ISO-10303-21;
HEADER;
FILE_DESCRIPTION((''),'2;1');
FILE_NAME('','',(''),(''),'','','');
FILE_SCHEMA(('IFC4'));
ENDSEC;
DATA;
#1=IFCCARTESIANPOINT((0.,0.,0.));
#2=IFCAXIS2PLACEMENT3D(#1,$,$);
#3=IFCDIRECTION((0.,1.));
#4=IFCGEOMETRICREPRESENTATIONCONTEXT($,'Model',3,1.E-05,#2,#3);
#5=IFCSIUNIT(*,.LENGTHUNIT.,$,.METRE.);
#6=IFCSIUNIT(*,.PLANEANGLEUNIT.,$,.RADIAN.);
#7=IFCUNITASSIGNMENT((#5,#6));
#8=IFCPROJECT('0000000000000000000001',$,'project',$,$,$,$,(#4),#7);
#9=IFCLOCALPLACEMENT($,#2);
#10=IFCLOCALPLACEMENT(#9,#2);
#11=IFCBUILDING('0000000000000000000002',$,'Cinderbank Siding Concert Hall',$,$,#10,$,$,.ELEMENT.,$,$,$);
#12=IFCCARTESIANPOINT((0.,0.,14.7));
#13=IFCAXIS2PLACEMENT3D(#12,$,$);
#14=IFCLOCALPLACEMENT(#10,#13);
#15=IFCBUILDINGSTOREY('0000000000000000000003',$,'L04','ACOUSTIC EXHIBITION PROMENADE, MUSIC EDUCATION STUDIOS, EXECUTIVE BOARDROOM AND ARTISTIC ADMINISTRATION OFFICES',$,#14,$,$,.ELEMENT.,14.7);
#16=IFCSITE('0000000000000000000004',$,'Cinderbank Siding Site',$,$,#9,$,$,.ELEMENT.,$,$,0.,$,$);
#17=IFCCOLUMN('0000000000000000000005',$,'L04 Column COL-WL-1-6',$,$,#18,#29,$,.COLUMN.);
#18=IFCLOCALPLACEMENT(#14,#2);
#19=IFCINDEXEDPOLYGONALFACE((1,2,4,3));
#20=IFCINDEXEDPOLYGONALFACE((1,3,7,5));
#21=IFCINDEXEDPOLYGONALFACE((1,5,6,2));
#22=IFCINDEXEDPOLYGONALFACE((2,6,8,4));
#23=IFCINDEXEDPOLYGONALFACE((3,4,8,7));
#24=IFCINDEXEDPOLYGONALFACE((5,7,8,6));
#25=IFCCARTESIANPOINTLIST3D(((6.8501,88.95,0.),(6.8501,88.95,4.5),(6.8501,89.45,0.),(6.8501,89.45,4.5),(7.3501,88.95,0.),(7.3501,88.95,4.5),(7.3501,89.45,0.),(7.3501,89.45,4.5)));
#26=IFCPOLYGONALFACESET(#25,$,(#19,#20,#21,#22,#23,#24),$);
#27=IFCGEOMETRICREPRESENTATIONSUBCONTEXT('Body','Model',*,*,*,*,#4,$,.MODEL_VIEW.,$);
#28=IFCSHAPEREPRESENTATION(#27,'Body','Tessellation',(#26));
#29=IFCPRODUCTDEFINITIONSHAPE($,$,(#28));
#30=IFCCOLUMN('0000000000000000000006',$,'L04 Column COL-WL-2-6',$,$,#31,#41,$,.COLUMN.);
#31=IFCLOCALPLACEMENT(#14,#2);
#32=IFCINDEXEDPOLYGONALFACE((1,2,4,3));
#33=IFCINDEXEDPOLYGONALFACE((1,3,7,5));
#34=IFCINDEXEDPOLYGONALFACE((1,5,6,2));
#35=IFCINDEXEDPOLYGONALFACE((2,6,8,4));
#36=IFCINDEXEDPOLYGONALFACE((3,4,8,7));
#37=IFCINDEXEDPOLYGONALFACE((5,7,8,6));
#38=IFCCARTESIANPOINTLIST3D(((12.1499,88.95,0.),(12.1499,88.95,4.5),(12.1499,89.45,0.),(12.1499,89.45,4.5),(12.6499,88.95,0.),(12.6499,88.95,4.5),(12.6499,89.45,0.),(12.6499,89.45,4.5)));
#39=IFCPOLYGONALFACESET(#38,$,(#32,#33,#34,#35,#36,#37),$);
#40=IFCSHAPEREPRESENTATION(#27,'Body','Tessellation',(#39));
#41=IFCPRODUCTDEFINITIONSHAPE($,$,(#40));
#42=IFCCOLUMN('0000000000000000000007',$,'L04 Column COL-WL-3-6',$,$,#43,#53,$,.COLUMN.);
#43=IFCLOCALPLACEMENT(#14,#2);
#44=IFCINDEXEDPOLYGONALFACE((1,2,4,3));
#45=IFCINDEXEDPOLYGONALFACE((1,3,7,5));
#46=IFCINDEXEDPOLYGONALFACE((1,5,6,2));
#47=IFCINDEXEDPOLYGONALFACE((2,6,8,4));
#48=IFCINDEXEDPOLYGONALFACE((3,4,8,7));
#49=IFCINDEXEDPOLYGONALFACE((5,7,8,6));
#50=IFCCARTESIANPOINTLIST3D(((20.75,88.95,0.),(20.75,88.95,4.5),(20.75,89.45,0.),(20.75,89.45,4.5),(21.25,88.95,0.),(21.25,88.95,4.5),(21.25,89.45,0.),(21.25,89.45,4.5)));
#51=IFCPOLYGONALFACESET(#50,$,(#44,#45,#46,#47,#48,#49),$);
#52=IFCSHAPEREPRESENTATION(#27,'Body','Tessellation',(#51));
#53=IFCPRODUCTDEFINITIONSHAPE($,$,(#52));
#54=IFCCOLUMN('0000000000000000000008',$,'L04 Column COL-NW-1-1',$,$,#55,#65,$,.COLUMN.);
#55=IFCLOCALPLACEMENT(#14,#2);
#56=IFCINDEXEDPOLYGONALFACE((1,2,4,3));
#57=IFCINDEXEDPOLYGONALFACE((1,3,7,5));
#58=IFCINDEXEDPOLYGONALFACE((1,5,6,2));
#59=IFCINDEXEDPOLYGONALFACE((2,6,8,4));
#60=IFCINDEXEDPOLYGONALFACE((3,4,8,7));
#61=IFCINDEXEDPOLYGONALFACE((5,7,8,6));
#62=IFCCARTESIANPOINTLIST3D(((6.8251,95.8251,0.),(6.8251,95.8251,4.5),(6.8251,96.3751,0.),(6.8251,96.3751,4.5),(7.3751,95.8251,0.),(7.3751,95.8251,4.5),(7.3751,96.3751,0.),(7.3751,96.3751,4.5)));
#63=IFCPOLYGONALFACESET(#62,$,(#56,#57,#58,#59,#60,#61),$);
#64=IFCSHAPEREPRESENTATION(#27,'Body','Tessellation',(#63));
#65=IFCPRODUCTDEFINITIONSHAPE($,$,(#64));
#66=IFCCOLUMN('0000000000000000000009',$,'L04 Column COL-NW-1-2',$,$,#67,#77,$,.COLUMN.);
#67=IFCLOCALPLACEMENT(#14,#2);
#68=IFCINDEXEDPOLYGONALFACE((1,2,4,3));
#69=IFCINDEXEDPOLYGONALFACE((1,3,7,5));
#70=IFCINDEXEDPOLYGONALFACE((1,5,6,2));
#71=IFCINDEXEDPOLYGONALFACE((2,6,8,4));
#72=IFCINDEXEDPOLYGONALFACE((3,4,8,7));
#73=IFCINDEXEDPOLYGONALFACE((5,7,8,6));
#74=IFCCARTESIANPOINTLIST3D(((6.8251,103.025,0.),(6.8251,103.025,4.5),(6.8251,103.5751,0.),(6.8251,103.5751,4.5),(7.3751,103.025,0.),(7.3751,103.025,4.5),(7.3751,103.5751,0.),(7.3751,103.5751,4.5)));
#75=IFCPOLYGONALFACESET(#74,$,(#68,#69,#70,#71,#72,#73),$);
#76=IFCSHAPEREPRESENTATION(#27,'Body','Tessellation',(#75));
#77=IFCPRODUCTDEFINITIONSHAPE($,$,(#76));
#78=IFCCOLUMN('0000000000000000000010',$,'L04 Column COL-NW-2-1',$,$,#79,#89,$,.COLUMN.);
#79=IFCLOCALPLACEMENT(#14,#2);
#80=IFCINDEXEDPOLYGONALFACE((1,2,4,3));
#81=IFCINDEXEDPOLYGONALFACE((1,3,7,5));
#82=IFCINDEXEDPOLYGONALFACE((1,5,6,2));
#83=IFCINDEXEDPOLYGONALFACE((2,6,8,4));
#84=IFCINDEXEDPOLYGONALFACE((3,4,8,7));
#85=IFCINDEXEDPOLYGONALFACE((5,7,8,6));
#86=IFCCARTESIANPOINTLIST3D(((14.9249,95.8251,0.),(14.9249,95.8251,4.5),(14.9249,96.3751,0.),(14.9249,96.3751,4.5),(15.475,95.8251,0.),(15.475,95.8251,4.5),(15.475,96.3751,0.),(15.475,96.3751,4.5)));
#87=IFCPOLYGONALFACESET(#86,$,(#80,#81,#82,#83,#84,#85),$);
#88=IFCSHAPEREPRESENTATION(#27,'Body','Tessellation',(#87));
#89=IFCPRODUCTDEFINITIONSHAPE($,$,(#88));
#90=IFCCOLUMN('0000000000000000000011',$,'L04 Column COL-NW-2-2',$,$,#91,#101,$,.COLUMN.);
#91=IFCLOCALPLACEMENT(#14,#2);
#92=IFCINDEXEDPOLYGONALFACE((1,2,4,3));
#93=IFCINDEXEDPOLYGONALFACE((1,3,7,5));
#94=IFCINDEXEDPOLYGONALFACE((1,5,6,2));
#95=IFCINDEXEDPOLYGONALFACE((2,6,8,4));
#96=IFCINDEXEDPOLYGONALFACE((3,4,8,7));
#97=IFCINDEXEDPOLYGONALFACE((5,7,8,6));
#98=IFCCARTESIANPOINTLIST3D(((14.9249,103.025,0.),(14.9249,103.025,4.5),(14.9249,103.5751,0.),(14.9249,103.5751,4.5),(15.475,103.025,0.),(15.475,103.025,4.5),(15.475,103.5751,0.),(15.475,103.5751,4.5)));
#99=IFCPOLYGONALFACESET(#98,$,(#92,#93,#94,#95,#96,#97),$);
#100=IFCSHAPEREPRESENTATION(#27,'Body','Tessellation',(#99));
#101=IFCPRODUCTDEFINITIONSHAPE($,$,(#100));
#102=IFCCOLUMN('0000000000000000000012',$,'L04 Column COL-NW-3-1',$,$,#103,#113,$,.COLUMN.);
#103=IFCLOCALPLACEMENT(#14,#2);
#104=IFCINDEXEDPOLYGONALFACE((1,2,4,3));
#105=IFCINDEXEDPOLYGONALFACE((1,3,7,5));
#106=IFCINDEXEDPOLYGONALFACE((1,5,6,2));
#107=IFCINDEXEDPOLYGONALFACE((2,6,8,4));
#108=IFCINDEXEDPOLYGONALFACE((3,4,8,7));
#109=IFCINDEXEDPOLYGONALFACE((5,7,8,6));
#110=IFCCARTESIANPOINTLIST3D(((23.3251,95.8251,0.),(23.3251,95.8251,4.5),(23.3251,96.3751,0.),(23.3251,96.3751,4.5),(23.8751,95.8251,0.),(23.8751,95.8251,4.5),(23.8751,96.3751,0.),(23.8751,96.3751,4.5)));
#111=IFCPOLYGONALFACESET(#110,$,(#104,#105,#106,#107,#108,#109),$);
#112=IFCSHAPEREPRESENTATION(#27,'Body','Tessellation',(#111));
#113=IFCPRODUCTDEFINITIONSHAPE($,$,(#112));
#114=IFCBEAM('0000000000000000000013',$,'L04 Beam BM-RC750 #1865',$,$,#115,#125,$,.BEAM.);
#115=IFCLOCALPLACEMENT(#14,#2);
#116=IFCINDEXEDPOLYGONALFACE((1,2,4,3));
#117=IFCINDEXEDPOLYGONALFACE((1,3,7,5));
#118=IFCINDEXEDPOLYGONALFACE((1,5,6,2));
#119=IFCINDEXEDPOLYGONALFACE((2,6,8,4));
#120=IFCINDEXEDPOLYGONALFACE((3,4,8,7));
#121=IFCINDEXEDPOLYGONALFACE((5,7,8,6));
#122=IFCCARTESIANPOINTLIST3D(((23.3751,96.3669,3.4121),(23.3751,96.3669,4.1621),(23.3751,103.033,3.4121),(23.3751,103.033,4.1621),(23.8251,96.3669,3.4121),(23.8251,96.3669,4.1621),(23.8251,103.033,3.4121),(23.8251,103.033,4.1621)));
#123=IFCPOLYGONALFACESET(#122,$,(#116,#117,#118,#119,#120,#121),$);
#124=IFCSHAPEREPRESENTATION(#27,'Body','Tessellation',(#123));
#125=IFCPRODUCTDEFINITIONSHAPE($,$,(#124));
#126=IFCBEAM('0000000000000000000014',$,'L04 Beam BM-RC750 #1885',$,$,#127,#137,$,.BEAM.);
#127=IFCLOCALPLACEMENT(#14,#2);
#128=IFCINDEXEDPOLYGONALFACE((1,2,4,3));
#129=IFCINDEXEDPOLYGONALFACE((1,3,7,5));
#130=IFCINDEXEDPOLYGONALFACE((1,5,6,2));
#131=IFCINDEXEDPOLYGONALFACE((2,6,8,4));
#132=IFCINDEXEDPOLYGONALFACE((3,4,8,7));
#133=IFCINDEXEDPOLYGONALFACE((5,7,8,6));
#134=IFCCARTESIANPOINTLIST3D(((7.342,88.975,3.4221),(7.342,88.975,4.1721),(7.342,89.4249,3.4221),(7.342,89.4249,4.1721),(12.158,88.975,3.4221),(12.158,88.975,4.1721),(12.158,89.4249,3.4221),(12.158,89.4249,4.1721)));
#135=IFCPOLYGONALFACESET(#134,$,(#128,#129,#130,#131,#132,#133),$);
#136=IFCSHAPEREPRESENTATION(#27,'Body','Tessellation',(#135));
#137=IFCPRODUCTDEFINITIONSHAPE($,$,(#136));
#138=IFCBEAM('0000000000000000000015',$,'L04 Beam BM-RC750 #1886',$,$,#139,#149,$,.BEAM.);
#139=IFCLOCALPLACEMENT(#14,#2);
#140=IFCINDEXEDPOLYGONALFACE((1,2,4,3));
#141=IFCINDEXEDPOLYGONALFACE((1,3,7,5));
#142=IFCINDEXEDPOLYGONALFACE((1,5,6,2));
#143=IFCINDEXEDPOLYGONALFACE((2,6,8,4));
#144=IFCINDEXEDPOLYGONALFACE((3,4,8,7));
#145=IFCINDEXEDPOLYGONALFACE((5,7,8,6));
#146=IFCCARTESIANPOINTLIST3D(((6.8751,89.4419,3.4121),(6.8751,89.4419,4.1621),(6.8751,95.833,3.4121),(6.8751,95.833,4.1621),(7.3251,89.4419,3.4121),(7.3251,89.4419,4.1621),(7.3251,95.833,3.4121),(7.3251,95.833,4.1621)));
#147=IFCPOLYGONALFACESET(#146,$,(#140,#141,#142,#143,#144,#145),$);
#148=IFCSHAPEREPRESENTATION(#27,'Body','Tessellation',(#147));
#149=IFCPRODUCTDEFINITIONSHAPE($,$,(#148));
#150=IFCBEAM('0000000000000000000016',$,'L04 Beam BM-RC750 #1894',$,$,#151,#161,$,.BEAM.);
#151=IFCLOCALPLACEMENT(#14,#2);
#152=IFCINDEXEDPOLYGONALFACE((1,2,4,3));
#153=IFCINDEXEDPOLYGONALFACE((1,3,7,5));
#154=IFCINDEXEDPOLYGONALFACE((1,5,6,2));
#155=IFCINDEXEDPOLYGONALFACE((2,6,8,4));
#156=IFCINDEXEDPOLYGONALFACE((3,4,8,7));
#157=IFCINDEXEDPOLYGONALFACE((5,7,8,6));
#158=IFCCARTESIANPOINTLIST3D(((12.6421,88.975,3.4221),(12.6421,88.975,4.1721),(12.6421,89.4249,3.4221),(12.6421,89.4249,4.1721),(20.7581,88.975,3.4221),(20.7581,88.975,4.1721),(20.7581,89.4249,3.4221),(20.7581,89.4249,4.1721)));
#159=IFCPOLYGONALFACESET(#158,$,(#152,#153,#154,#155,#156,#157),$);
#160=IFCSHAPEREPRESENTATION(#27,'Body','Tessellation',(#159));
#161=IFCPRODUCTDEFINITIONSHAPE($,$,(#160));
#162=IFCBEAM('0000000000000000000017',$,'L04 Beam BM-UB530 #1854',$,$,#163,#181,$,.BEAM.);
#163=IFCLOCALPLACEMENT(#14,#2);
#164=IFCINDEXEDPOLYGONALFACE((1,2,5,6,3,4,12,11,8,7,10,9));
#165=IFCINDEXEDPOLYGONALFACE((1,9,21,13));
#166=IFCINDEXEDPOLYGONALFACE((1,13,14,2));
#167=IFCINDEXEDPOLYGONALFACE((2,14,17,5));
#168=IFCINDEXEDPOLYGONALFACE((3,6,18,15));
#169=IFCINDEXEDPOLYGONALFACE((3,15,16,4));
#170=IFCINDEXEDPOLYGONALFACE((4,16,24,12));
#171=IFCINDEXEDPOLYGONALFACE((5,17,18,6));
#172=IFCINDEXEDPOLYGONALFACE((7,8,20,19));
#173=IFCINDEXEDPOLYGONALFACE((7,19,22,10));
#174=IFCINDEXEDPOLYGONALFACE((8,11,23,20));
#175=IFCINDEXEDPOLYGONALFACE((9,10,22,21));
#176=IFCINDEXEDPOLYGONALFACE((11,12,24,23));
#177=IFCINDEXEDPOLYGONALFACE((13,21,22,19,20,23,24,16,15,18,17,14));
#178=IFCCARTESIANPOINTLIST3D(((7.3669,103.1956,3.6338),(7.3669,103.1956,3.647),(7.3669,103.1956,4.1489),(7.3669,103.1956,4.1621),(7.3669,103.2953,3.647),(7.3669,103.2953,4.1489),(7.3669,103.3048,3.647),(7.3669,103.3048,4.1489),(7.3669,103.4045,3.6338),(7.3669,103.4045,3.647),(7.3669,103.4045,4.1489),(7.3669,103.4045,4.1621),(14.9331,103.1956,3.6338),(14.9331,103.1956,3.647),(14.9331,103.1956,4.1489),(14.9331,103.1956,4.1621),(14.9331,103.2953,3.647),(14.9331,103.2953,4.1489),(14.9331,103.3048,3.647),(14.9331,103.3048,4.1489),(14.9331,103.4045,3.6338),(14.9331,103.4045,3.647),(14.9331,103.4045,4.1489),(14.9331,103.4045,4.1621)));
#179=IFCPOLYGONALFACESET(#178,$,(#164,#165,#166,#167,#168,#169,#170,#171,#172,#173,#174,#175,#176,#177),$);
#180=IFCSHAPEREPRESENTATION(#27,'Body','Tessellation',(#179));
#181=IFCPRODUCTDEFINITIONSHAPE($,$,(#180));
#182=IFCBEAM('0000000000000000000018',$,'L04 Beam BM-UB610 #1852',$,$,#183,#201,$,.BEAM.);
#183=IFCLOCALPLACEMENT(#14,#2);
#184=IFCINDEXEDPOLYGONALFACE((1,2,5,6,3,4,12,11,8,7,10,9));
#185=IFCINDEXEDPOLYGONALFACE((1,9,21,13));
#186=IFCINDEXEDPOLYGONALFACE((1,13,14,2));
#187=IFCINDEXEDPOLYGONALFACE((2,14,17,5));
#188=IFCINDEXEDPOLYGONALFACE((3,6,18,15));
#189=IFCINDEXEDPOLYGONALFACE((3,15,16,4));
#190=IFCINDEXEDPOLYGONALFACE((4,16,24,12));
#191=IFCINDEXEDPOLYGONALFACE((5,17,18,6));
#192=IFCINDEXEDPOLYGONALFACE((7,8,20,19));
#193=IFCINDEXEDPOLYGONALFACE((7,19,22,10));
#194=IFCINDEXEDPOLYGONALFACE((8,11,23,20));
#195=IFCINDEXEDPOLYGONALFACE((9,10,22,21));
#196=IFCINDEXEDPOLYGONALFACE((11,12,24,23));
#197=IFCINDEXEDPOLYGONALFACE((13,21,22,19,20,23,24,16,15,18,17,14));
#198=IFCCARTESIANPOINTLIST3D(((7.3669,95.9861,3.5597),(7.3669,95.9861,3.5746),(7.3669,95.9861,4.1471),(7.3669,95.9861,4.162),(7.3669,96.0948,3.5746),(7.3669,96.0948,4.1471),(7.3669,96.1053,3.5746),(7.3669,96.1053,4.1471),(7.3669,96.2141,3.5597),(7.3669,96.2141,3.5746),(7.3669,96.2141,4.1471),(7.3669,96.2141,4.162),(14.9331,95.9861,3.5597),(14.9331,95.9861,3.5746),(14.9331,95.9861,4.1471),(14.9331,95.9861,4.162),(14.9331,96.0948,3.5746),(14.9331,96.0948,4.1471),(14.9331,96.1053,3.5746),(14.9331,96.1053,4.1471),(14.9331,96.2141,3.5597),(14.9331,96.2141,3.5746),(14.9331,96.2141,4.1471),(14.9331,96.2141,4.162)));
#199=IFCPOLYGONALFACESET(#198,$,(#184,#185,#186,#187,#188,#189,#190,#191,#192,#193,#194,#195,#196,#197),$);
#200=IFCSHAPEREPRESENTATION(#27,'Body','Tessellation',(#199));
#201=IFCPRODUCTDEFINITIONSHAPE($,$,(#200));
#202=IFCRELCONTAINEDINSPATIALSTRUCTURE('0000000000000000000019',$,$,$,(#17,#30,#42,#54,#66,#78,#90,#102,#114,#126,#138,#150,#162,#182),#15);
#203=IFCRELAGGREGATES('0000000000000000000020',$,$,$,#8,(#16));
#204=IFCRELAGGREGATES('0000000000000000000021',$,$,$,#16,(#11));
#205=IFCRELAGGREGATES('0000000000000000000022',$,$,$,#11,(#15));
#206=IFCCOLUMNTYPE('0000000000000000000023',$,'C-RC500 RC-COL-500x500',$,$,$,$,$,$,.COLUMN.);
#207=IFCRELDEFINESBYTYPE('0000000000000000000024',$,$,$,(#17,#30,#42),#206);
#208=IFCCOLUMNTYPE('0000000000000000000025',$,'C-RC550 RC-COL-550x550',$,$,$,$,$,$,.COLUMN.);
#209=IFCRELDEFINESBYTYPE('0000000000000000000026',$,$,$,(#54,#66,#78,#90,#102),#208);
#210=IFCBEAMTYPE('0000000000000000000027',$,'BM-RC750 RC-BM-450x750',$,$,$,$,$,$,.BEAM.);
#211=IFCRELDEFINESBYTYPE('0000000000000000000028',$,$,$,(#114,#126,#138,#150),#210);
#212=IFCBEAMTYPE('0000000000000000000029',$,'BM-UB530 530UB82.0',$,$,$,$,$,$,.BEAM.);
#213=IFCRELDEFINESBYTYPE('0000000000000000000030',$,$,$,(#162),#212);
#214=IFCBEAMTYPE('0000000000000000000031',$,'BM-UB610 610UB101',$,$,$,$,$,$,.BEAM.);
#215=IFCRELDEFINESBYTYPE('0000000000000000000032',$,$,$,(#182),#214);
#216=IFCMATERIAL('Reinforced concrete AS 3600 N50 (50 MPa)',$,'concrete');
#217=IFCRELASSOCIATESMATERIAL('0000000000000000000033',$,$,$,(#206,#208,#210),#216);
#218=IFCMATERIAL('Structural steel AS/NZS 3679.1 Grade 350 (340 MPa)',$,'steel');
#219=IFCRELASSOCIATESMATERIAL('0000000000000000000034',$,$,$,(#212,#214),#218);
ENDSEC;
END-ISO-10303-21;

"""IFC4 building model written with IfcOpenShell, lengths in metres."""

from ifc_helpers import new_model, si_unit, direction, frame, origin, origin_2d, place, context, subcontext, project, spatial, rectangle, i_section, extrude, material, material_profile, profile_set, type_object, element, save


model = new_model("IFC4")

# Units and contexts
model_context = context("Model", 3, precision=1e-05, world=origin(), true_north=direction((0.0, 1.0)))
body_context = subcontext(model_context, "Body", "Model", "MODEL_VIEW")
ifc_project = project(units=[si_unit("LENGTHUNIT", "METRE"), si_unit("PLANEANGLEUNIT", "RADIAN")], contexts=[model_context])

# Site, building, storey
site_placement = place(None, origin())
site = spatial("IfcSite", under=ifc_project, at=site_placement, Name="Cinderbank Siding Site", CompositionType="ELEMENT", RefElevation=0.0)
building_placement = place(site_placement, origin())
building = spatial("IfcBuilding", under=site, at=building_placement, Name="Cinderbank Siding Concert Hall", CompositionType="ELEMENT")
storey_placement = place(building_placement, frame((0.0, 0.0, 14.7)))
storey = spatial("IfcBuildingStorey", under=building, at=storey_placement, Name="L04", Description="ACOUSTIC EXHIBITION PROMENADE, MUSIC EDUCATION STUDIOS, EXECUTIVE BOARDROOM AND ARTISTIC ADMINISTRATION OFFICES", CompositionType="ELEMENT", Elevation=14.7)

# Columns
ifc_material_1 = material(Name="Reinforced concrete AS 3600 N50 (50 MPa)", Category="concrete")
ifc_material_profile_1 = material_profile(ifc_material_1, rectangle(XDim=0.5, YDim=0.5, at=origin_2d()), Name="RC-COL-500x500", Category="LoadBearing")
ifc_profile_set_1 = profile_set([ifc_material_profile_1], Name="Reinforced concrete AS 3600 N50 (50 MPa)")
column_type_1 = type_object("IfcColumnType", Name="C-RC500 RC-COL-500x500", PredefinedType="COLUMN", material=ifc_profile_set_1)
for number, where, z_axis, x_axis, name in (
    (1, (7.1001, 89.2, 0.0), (0.0, 0.0, 1.0), (1.0, 0.0, 0.0), "L04 Column COL-WL-1-6"),
    (2, (12.3999, 89.2, 0.0), (0.0, 0.0, 1.0), (1.0, 0.0, 0.0), "L04 Column COL-WL-2-6"),
    (3, (21.0, 89.2, 0.0), (0.0, 0.0, 1.0), (1.0, 0.0, 0.0), "L04 Column COL-WL-3-6"),
):
    element("IfcColumn", number, at=place(storey_placement, frame(where, z_axis=z_axis, x_axis=x_axis)), inside=storey, type_object=column_type_1, Name=name, PredefinedType="COLUMN", context=body_context, shape_type="SweptSolid", body=[
        extrude(rectangle(XDim=0.5, YDim=0.5, at=origin_2d()), origin(), (0.0, 0.0, 1.0), 4.5),
    ])
ifc_material_profile_2 = material_profile(ifc_material_1, rectangle(XDim=0.55, YDim=0.55, at=origin_2d()), Name="RC-COL-550x550", Category="LoadBearing")
ifc_profile_set_2 = profile_set([ifc_material_profile_2], Name="Reinforced concrete AS 3600 N50 (50 MPa)")
column_type_2 = type_object("IfcColumnType", Name="C-RC550 RC-COL-550x550", PredefinedType="COLUMN", material=ifc_profile_set_2)
for number, where, z_axis, x_axis, name in (
    (4, (7.1001, 96.1001, 0.0), (0.0, 0.0, 1.0), (1.0, 0.0, 0.0), "L04 Column COL-NW-1-1"),
    (5, (7.1001, 103.3, 0.0), (0.0, 0.0, 1.0), (1.0, 0.0, 0.0), "L04 Column COL-NW-1-2"),
    (6, (15.2, 96.1001, 0.0), (0.0, 0.0, 1.0), (1.0, 0.0, 0.0), "L04 Column COL-NW-2-1"),
    (7, (15.2, 103.3, 0.0), (0.0, 0.0, 1.0), (1.0, 0.0, 0.0), "L04 Column COL-NW-2-2"),
    (8, (23.6001, 96.1001, 0.0), (0.0, 0.0, 1.0), (1.0, 0.0, 0.0), "L04 Column COL-NW-3-1"),
):
    element("IfcColumn", number, at=place(storey_placement, frame(where, z_axis=z_axis, x_axis=x_axis)), inside=storey, type_object=column_type_2, Name=name, PredefinedType="COLUMN", context=body_context, shape_type="SweptSolid", body=[
        extrude(rectangle(XDim=0.55, YDim=0.55, at=origin_2d()), origin(), (0.0, 0.0, 1.0), 4.5),
    ])

# Beams
ifc_material_profile_3 = material_profile(ifc_material_1, rectangle(XDim=0.45, YDim=0.75, at=origin_2d()), Name="RC-BM-450x750", Category="LoadBearing")
ifc_profile_set_3 = profile_set([ifc_material_profile_3], Name="Reinforced concrete AS 3600 N50 (50 MPa)")
beam_type_1 = type_object("IfcBeamType", Name="BM-RC750 RC-BM-450x750", PredefinedType="BEAM", material=ifc_profile_set_3)
beam_1_placement = place(storey_placement, frame((23.6001, 96.3669, 3.7871), z_axis=(0.0, 1.0, 0.0), x_axis=(-1.0, 0.0, 0.0)))
element("IfcBeam", 9, at=beam_1_placement, inside=storey, type_object=beam_type_1, Name="L04 Beam BM-RC750 #1865", PredefinedType="BEAM", context=body_context, shape_type="SweptSolid", body=[
    extrude(rectangle(XDim=0.45, YDim=0.75, at=origin_2d()), origin(), (0.0, 0.0, 1.0), 6.666),
])
beam_2_placement = place(storey_placement, frame((7.342, 89.2, 3.7971), z_axis=(1.0, 0.0, 0.0), x_axis=(0.0, 1.0, 0.0)))
element("IfcBeam", 10, at=beam_2_placement, inside=storey, type_object=beam_type_1, Name="L04 Beam BM-RC750 #1885", PredefinedType="BEAM", context=body_context, shape_type="SweptSolid", body=[
    extrude(rectangle(XDim=0.45, YDim=0.75, at=origin_2d()), origin(), (0.0, 0.0, 1.0), 4.8159),
])
beam_3_placement = place(storey_placement, frame((7.1001, 89.4419, 3.7871), z_axis=(0.0, 1.0, 0.0), x_axis=(-1.0, 0.0, 0.0)))
element("IfcBeam", 11, at=beam_3_placement, inside=storey, type_object=beam_type_1, Name="L04 Beam BM-RC750 #1886", PredefinedType="BEAM", context=body_context, shape_type="SweptSolid", body=[
    extrude(rectangle(XDim=0.45, YDim=0.75, at=origin_2d()), origin(), (0.0, 0.0, 1.0), 6.3911),
])
beam_4_placement = place(storey_placement, frame((12.6421, 89.2, 3.7971), z_axis=(1.0, 0.0, 0.0), x_axis=(0.0, 1.0, 0.0)))
element("IfcBeam", 12, at=beam_4_placement, inside=storey, type_object=beam_type_1, Name="L04 Beam BM-RC750 #1894", PredefinedType="BEAM", context=body_context, shape_type="SweptSolid", body=[
    extrude(rectangle(XDim=0.45, YDim=0.75, at=origin_2d()), origin(), (0.0, 0.0, 1.0), 8.116),
])
ifc_material_2 = material(Name="Structural steel AS/NZS 3679.1 Grade 350 (340 MPa)", Category="steel")
ifc_material_profile_4 = material_profile(ifc_material_2, i_section(OverallWidth=0.209, OverallDepth=0.5283, WebThickness=0.0095, FlangeThickness=0.0132, at=origin_2d()), Name="530UB82.0", Category="LoadBearing")
ifc_profile_set_4 = profile_set([ifc_material_profile_4], Name="Structural steel AS/NZS 3679.1 Grade 350 (340 MPa)")
beam_type_2 = type_object("IfcBeamType", Name="BM-UB530 530UB82.0", PredefinedType="BEAM", material=ifc_profile_set_4)
beam_5_placement = place(storey_placement, frame((7.3669, 103.3, 3.8979), z_axis=(1.0, 0.0, 0.0), x_axis=(0.0, 1.0, 0.0)))
element("IfcBeam", 13, at=beam_5_placement, inside=storey, type_object=beam_type_2, Name="L04 Beam BM-UB530 #1854", PredefinedType="BEAM", context=body_context, shape_type="SweptSolid", body=[
    extrude(i_section(OverallWidth=0.209, OverallDepth=0.5283, WebThickness=0.0095, FlangeThickness=0.0132, at=origin_2d()), origin(), (0.0, 0.0, 1.0), 7.5662),
])
ifc_material_profile_5 = material_profile(ifc_material_2, i_section(OverallWidth=0.228, OverallDepth=0.6023, WebThickness=0.0105, FlangeThickness=0.0149, at=origin_2d()), Name="610UB101", Category="LoadBearing")
ifc_profile_set_5 = profile_set([ifc_material_profile_5], Name="Structural steel AS/NZS 3679.1 Grade 350 (340 MPa)")
beam_type_3 = type_object("IfcBeamType", Name="BM-UB610 610UB101", PredefinedType="BEAM", material=ifc_profile_set_5)
beam_6_placement = place(storey_placement, frame((7.3669, 96.1001, 3.8608), z_axis=(1.0, 0.0, 0.0), x_axis=(0.0, 1.0, 0.0)))
element("IfcBeam", 14, at=beam_6_placement, inside=storey, type_object=beam_type_3, Name="L04 Beam BM-UB610 #1852", PredefinedType="BEAM", context=body_context, shape_type="SweptSolid", body=[
    extrude(i_section(OverallWidth=0.228, OverallDepth=0.6023, WebThickness=0.0105, FlangeThickness=0.0149, at=origin_2d()), origin(), (0.0, 0.0, 1.0), 7.5662),
])

save(model, "model.ifc")
